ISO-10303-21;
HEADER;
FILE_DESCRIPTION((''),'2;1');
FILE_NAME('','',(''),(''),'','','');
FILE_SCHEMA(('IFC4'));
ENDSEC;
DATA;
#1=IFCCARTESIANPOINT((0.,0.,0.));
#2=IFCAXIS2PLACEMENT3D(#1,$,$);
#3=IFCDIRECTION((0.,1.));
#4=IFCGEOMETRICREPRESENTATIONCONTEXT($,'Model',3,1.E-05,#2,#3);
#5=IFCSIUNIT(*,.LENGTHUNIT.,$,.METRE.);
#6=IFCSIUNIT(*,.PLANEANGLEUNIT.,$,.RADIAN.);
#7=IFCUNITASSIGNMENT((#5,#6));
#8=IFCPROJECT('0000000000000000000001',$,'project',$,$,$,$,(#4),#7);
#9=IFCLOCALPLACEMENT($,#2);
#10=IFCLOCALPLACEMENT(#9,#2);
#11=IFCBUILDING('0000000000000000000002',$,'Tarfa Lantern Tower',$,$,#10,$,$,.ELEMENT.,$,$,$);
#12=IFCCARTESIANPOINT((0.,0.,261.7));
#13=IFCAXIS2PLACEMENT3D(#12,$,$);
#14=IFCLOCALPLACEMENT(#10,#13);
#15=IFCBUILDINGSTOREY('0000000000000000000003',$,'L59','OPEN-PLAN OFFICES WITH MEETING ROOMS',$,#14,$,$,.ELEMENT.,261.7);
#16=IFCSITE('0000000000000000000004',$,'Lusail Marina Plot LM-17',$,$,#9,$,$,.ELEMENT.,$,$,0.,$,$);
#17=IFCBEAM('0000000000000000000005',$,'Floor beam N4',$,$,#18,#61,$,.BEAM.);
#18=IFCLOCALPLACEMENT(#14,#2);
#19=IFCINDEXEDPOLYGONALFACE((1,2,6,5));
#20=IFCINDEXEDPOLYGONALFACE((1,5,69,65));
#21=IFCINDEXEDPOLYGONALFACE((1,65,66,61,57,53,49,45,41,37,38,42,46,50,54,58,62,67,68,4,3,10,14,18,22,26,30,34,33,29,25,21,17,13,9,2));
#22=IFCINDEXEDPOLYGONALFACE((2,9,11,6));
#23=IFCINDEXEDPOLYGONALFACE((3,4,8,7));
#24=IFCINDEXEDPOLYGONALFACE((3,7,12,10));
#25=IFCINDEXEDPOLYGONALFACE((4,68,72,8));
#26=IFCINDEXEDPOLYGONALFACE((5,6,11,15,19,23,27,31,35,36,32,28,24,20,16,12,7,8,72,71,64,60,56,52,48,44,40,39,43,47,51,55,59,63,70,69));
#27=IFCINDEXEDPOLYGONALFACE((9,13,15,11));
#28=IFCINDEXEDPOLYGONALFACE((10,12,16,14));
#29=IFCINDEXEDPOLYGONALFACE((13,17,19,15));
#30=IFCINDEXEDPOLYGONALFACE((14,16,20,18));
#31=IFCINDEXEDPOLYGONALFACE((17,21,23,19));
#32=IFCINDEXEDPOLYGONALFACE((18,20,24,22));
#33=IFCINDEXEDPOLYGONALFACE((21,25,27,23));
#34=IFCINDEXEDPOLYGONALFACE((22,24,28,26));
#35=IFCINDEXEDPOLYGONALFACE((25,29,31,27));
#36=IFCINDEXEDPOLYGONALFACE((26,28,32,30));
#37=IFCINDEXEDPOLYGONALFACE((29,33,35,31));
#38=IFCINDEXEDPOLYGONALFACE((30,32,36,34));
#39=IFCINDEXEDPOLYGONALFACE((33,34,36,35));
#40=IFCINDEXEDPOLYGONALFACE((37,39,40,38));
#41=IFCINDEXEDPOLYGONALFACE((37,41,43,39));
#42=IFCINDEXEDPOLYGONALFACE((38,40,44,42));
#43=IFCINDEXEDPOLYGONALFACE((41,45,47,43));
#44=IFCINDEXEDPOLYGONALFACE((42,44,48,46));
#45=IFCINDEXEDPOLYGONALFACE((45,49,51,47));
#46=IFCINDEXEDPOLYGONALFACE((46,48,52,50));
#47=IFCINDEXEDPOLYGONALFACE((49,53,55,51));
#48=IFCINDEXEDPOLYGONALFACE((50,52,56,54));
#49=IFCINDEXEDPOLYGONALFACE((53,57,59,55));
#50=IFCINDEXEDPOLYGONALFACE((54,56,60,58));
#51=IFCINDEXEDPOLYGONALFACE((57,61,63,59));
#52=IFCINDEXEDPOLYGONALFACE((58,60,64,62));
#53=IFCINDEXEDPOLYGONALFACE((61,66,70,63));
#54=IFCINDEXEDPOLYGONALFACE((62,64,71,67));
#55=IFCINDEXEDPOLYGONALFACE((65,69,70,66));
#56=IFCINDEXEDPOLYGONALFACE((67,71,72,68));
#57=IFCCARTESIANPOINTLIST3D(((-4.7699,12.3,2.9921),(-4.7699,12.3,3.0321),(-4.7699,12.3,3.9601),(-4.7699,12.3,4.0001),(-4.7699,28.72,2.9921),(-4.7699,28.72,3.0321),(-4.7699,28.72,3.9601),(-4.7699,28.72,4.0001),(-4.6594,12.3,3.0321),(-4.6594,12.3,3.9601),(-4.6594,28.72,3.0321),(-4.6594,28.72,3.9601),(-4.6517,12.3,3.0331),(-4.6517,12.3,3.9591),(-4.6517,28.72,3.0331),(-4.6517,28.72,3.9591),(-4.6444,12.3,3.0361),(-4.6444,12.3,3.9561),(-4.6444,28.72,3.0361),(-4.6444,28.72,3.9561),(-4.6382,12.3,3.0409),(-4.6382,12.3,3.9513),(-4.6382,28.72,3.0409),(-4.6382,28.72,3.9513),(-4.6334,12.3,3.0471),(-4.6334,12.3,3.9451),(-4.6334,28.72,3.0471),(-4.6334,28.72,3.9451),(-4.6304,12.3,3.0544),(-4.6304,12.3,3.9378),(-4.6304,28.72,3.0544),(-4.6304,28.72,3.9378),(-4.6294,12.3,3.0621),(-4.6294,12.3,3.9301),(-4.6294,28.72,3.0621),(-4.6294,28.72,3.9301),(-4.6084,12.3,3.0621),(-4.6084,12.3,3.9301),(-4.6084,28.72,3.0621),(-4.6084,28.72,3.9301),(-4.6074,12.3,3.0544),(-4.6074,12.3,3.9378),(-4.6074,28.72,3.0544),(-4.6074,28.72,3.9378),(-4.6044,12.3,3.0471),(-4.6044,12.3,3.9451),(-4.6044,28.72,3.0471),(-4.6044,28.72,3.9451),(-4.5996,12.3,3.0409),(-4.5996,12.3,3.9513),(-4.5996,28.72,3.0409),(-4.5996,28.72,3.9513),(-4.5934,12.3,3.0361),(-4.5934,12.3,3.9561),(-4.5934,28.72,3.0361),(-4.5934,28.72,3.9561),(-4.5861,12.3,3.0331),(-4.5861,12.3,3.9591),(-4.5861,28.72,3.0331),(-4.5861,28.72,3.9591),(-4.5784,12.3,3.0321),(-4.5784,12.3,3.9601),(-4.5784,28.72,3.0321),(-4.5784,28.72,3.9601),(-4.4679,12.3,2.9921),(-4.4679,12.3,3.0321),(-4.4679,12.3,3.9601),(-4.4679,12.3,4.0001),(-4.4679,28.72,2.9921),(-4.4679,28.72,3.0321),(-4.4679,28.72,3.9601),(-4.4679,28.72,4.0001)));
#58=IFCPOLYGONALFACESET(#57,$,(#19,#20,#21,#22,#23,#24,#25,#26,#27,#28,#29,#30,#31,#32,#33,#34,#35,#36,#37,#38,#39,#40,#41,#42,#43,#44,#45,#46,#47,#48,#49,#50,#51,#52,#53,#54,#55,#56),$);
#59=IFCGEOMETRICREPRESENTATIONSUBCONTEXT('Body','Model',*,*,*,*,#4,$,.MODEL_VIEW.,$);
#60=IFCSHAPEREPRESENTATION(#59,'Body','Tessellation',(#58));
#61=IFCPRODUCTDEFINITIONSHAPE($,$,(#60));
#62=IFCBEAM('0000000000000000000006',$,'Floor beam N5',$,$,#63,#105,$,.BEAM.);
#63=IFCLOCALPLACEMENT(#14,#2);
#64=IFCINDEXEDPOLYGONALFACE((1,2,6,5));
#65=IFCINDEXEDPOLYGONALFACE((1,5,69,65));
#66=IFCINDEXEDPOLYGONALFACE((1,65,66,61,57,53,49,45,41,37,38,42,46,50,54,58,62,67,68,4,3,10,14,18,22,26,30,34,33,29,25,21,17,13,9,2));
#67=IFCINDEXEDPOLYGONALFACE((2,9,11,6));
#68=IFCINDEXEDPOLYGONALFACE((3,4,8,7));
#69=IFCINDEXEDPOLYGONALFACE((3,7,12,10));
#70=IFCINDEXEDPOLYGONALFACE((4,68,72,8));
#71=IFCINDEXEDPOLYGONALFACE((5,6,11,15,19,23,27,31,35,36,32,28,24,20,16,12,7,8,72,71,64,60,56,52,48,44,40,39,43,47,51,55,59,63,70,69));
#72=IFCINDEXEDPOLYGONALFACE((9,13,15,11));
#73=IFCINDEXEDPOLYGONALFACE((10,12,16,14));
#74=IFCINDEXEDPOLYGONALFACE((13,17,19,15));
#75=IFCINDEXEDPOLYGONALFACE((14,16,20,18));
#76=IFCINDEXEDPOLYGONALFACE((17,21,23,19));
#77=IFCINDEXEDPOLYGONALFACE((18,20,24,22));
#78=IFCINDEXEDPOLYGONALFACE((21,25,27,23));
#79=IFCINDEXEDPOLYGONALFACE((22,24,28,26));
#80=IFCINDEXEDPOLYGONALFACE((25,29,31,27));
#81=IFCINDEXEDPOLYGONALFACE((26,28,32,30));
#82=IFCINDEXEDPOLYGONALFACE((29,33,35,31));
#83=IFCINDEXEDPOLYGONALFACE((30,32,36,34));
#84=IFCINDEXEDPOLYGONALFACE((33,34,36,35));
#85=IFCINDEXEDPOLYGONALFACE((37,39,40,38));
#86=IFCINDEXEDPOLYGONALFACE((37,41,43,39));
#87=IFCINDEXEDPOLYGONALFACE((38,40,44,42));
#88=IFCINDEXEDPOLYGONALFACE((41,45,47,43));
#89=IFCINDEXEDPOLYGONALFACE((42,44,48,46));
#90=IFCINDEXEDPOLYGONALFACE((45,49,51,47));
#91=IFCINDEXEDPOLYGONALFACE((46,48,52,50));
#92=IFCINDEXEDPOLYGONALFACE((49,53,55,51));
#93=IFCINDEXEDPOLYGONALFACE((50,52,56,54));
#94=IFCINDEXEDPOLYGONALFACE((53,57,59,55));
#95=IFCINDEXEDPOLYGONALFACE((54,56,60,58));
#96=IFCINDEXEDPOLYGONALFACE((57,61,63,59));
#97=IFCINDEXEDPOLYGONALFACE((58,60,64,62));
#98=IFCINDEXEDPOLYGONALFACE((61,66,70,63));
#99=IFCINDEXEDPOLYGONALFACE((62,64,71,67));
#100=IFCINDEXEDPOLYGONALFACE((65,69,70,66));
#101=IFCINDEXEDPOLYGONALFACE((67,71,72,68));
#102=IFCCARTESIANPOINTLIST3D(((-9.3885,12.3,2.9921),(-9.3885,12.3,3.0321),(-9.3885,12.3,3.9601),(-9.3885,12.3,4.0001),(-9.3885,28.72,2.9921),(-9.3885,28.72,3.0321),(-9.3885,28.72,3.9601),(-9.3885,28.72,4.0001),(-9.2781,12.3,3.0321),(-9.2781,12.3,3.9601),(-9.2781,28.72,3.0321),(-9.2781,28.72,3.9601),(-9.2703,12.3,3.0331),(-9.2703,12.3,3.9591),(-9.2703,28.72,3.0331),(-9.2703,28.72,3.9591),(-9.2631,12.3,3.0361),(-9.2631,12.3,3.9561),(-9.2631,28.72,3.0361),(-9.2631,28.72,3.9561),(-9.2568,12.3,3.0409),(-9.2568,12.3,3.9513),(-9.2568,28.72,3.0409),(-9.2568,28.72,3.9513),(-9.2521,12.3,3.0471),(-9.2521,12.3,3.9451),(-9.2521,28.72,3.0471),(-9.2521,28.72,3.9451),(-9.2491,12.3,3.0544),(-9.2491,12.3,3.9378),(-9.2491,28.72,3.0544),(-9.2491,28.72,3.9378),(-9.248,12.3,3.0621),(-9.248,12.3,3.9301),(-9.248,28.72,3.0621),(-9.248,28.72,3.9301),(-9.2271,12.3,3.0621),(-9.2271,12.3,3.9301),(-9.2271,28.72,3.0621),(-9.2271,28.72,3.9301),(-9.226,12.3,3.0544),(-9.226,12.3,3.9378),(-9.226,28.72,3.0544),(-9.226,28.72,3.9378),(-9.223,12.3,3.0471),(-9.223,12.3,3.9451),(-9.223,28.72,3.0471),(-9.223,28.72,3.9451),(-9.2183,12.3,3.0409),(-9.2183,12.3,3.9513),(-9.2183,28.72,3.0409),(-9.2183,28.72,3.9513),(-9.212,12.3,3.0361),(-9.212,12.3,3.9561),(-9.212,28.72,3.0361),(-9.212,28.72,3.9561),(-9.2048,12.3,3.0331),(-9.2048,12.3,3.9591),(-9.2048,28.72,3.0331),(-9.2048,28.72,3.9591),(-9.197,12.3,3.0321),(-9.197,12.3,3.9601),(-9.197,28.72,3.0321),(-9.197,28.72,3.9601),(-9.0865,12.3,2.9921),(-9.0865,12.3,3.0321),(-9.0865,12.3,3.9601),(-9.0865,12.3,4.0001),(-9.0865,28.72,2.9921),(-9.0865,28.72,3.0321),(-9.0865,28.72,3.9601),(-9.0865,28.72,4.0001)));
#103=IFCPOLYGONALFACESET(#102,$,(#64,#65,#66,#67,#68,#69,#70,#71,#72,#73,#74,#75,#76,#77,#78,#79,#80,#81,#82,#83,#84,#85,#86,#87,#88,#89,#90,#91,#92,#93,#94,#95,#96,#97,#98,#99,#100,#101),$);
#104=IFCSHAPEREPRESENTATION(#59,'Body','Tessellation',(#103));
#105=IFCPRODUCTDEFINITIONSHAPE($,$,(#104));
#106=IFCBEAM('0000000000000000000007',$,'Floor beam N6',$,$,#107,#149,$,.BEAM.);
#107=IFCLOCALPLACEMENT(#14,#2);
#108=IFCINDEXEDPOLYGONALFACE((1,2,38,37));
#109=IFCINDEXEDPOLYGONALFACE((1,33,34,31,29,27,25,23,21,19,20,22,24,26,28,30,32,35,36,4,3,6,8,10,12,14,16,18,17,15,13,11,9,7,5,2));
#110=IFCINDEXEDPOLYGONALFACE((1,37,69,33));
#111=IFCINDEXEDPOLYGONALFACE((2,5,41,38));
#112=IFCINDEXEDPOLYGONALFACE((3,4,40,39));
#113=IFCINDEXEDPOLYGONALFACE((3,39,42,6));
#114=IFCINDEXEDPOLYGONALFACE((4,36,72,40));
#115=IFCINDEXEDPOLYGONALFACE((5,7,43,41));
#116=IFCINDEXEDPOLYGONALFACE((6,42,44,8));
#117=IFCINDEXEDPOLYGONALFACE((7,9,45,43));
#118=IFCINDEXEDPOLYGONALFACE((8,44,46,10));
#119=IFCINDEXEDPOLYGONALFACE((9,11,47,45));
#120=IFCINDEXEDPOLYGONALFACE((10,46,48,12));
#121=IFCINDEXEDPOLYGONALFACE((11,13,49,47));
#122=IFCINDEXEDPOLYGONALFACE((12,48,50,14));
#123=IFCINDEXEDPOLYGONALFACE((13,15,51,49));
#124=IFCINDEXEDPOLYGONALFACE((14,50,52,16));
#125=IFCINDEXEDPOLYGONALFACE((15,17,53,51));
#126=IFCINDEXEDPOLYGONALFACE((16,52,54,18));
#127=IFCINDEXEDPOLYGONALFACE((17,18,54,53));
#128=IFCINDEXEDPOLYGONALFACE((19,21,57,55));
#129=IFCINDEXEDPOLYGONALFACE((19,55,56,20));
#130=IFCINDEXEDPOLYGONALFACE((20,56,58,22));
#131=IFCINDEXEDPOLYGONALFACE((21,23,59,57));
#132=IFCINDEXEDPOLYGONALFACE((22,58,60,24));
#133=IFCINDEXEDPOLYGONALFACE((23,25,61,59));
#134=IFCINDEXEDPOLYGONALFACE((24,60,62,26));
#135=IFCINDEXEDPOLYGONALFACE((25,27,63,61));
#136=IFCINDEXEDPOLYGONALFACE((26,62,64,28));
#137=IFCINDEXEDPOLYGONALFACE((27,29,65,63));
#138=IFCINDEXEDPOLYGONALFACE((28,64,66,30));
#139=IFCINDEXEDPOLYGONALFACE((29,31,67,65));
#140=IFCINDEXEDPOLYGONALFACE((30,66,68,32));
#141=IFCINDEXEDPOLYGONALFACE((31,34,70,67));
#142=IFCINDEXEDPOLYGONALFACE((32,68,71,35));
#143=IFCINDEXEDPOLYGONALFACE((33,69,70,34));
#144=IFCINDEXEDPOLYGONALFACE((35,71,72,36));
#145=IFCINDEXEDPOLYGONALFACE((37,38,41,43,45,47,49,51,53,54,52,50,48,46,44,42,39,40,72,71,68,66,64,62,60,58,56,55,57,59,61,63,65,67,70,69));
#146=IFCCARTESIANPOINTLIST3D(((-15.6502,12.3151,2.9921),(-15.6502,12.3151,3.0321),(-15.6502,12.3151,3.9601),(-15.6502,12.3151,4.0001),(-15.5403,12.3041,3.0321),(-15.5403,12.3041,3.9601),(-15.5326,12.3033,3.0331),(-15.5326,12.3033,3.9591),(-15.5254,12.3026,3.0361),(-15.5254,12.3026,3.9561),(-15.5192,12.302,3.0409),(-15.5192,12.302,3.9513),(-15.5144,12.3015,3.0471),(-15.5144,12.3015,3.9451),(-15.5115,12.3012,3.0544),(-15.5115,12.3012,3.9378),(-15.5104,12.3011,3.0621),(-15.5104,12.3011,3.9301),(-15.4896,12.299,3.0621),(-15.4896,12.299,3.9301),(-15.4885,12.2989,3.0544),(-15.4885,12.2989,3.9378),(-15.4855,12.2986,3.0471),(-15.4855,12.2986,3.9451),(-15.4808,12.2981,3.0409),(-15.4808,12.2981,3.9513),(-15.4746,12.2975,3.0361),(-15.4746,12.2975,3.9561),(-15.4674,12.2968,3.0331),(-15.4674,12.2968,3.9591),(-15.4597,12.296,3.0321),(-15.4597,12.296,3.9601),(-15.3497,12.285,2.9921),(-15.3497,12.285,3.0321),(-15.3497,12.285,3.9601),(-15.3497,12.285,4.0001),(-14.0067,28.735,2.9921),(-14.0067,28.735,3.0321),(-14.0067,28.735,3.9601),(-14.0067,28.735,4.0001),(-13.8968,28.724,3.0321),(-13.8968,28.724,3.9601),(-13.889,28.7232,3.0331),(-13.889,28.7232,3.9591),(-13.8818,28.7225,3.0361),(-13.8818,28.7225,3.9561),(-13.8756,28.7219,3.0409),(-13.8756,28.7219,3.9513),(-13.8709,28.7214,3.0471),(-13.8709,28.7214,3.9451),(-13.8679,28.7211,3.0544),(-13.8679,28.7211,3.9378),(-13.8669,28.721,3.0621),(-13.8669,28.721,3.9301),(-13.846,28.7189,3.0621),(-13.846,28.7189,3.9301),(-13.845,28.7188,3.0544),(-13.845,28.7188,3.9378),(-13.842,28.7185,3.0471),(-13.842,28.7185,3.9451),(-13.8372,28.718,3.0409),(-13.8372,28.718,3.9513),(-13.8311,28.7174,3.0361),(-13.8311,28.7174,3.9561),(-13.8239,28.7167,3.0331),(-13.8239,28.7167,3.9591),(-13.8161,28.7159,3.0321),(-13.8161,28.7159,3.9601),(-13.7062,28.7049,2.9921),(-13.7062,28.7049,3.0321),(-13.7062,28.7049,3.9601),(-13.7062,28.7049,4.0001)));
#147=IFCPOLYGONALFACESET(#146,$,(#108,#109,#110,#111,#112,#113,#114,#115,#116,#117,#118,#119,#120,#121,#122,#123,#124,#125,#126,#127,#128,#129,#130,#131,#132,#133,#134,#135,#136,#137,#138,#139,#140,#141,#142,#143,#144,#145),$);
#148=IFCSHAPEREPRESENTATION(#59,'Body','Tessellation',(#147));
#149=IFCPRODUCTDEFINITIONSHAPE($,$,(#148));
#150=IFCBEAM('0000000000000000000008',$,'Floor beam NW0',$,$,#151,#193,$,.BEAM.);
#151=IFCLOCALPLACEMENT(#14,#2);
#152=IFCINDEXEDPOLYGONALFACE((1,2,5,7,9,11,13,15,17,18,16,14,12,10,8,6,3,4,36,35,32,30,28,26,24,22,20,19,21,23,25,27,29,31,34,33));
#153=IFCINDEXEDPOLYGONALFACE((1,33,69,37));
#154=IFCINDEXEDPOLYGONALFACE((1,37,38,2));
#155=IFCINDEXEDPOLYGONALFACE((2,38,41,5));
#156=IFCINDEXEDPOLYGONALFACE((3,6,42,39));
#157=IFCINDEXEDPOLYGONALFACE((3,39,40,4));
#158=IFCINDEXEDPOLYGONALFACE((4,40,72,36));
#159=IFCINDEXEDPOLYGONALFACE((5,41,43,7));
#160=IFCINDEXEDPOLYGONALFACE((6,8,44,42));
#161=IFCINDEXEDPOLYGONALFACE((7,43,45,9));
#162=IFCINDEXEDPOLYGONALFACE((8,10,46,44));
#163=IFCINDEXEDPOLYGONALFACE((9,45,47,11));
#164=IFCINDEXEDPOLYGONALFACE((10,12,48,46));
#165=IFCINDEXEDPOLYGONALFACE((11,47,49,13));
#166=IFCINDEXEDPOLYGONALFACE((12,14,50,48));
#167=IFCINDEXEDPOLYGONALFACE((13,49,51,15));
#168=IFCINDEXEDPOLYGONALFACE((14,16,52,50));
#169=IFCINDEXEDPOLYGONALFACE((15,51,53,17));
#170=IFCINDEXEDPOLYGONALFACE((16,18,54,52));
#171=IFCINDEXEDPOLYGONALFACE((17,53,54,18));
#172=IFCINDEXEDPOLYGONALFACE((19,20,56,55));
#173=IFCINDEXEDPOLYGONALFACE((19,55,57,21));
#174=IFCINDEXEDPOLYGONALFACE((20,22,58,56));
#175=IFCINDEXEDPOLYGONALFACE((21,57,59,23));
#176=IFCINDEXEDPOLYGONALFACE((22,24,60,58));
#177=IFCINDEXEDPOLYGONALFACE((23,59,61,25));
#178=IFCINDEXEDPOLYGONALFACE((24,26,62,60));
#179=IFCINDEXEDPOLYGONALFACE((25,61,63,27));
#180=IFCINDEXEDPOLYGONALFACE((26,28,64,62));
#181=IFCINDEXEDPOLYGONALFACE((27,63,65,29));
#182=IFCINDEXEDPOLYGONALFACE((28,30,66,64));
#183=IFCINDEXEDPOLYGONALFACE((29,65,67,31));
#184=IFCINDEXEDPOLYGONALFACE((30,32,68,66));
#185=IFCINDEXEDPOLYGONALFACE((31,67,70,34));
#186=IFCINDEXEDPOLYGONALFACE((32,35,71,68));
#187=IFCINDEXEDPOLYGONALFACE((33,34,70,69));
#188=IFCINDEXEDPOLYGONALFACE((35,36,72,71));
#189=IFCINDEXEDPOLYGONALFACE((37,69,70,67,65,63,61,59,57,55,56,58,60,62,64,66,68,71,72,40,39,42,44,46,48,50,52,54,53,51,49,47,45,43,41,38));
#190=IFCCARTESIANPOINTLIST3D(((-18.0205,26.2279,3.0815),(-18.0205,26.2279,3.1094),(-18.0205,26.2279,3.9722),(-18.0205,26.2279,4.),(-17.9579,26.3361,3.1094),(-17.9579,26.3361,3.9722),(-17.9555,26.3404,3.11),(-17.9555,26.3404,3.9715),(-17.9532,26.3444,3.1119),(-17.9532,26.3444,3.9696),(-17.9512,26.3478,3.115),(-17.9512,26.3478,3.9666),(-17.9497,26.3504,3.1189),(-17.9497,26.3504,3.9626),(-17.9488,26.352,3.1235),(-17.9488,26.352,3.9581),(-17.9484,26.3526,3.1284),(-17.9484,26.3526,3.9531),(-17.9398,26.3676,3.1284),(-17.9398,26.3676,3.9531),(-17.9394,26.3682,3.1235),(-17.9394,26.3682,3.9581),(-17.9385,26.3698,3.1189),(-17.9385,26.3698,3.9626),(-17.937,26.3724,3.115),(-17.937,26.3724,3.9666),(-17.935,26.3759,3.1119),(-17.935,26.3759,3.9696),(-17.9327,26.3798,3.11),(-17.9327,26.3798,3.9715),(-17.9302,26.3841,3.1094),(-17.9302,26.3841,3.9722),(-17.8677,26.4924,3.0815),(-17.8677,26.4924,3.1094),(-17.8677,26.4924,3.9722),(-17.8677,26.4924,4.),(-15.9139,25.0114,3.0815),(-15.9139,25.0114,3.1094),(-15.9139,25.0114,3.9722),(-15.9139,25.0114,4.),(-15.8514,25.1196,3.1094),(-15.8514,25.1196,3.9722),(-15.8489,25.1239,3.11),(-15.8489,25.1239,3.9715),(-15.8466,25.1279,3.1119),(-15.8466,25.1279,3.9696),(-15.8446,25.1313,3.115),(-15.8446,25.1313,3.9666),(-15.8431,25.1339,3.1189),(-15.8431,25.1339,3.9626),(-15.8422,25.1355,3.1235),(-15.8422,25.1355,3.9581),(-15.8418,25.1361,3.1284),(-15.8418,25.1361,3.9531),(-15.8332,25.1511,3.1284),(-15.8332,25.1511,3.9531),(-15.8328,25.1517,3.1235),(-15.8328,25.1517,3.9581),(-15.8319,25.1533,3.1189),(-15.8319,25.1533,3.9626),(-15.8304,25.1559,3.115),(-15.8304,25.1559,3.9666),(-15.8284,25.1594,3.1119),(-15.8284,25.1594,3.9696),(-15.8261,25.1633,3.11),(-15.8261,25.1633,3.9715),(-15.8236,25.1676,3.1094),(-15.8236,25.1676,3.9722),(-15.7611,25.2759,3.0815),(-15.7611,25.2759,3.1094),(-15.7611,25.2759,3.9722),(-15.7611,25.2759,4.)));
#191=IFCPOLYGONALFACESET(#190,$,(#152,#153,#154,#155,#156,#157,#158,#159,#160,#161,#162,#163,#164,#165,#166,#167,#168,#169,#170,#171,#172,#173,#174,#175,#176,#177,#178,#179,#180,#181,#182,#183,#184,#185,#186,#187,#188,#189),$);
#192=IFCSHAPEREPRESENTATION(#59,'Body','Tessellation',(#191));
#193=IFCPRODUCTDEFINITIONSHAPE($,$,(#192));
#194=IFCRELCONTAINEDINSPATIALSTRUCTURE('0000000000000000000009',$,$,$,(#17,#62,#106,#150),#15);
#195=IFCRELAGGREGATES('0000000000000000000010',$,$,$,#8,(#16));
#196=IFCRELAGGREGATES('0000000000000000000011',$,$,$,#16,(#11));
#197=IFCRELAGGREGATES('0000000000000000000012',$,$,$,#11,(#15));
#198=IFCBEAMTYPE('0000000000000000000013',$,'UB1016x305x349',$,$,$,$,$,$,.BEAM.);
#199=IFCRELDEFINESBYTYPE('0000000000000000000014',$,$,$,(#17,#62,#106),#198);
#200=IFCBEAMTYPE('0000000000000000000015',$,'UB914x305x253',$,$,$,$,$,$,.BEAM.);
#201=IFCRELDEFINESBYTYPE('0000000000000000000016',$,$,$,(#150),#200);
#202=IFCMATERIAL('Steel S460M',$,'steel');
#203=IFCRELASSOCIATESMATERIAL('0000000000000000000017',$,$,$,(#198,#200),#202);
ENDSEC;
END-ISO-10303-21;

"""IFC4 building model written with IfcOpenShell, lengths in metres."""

from ifc_helpers import new_model, si_unit, direction, frame, origin, origin_2d, place, context, subcontext, project, spatial, i_section, extrude, material, material_profile, profile_set, type_object, element, save


model = new_model("IFC4")

# Units and contexts
model_context = context("Model", 3, precision=1e-05, world=origin(), true_north=direction((0.0, 1.0)))
body_context = subcontext(model_context, "Body", "Model", "MODEL_VIEW")
ifc_project = project(units=[si_unit("LENGTHUNIT", "METRE"), si_unit("PLANEANGLEUNIT", "RADIAN")], contexts=[model_context])

# Site, building, storey
site_placement = place(None, origin())
site = spatial("IfcSite", under=ifc_project, at=site_placement, Name="Lusail Marina Plot LM-17", CompositionType="ELEMENT", RefElevation=0.0)
building_placement = place(site_placement, origin())
building = spatial("IfcBuilding", under=site, at=building_placement, Name="Tarfa Lantern Tower", CompositionType="ELEMENT")
storey_placement = place(building_placement, frame((0.0, 0.0, 261.7)))
storey = spatial("IfcBuildingStorey", under=building, at=storey_placement, Name="L59", Description="OPEN-PLAN OFFICES WITH MEETING ROOMS", CompositionType="ELEMENT", Elevation=261.7)

# Beams
ifc_material_1 = material(Name="Steel S460M", Category="steel")
ifc_material_profile_1 = material_profile(ifc_material_1, i_section(OverallWidth=0.302, OverallDepth=1.0081, WebThickness=0.021, FlangeThickness=0.04, FilletRadius=0.03, at=origin_2d()), Name="UB1016x305x349")
ifc_profile_set_1 = profile_set([ifc_material_profile_1], Name="Steel S460M")
beam_type_1 = type_object("IfcBeamType", Name="UB1016x305x349", PredefinedType="BEAM", material=ifc_profile_set_1)
for number, where, z_axis, x_axis, name in (
    (1, (-4.6189, 28.72, 3.4961), (0.0, -1.0, 0.0), (1.0, 0.0, 0.0), "Floor beam N4"),
    (2, (-9.2375, 28.72, 3.4961), (0.0, -1.0, 0.0), (1.0, 0.0, 0.0), "Floor beam N5"),
):
    element("IfcBeam", number, at=place(storey_placement, frame(where, z_axis=z_axis, x_axis=x_axis)), inside=storey, type_object=beam_type_1, Name=name, PredefinedType="BEAM", context=body_context, shape_type="SweptSolid", body=[
        extrude(i_section(OverallWidth=0.302, OverallDepth=1.0081, WebThickness=0.021, FlangeThickness=0.04, FilletRadius=0.03, at=origin_2d()), origin(), (0.0, 0.0, 1.0), 16.4199),
    ])
beam_1_placement = place(storey_placement, frame((-13.8564, 28.72, 3.4961), z_axis=(-0.099597, -0.995028, 0.0), x_axis=(0.995028, -0.099597, 0.0)))
element("IfcBeam", 3, at=beam_1_placement, inside=storey, type_object=beam_type_1, Name="Floor beam N6", PredefinedType="BEAM", context=body_context, shape_type="SweptSolid", body=[
    extrude(i_section(OverallWidth=0.302, OverallDepth=1.0081, WebThickness=0.021, FlangeThickness=0.04, FilletRadius=0.03, at=origin_2d()), origin(), (0.0, 0.0, 1.0), 16.502),
])
ifc_material_profile_2 = material_profile(ifc_material_1, i_section(OverallWidth=0.3054, OverallDepth=0.9185, WebThickness=0.0173, FlangeThickness=0.0278, FilletRadius=0.019, at=origin_2d()), Name="UB914x305x253")
ifc_profile_set_2 = profile_set([ifc_material_profile_2], Name="Steel S460M")
beam_type_2 = type_object("IfcBeamType", Name="UB914x305x253", PredefinedType="BEAM", material=ifc_profile_set_2)
beam_2_placement = place(storey_placement, frame((-17.9441, 26.3601, 3.5408), z_axis=(0.86598, -0.500079, 0.0), x_axis=(0.500079, 0.86598, 0.0)))
element("IfcBeam", 4, at=beam_2_placement, inside=storey, type_object=beam_type_2, Name="Floor beam NW0", PredefinedType="BEAM", context=body_context, shape_type="SweptSolid", body=[
    extrude(i_section(OverallWidth=0.3054, OverallDepth=0.9185, WebThickness=0.0173, FlangeThickness=0.0278, FilletRadius=0.019, at=origin_2d()), origin(), (0.0, 0.0, 1.0), 2.4326),
])

save(model, "model.ifc")
